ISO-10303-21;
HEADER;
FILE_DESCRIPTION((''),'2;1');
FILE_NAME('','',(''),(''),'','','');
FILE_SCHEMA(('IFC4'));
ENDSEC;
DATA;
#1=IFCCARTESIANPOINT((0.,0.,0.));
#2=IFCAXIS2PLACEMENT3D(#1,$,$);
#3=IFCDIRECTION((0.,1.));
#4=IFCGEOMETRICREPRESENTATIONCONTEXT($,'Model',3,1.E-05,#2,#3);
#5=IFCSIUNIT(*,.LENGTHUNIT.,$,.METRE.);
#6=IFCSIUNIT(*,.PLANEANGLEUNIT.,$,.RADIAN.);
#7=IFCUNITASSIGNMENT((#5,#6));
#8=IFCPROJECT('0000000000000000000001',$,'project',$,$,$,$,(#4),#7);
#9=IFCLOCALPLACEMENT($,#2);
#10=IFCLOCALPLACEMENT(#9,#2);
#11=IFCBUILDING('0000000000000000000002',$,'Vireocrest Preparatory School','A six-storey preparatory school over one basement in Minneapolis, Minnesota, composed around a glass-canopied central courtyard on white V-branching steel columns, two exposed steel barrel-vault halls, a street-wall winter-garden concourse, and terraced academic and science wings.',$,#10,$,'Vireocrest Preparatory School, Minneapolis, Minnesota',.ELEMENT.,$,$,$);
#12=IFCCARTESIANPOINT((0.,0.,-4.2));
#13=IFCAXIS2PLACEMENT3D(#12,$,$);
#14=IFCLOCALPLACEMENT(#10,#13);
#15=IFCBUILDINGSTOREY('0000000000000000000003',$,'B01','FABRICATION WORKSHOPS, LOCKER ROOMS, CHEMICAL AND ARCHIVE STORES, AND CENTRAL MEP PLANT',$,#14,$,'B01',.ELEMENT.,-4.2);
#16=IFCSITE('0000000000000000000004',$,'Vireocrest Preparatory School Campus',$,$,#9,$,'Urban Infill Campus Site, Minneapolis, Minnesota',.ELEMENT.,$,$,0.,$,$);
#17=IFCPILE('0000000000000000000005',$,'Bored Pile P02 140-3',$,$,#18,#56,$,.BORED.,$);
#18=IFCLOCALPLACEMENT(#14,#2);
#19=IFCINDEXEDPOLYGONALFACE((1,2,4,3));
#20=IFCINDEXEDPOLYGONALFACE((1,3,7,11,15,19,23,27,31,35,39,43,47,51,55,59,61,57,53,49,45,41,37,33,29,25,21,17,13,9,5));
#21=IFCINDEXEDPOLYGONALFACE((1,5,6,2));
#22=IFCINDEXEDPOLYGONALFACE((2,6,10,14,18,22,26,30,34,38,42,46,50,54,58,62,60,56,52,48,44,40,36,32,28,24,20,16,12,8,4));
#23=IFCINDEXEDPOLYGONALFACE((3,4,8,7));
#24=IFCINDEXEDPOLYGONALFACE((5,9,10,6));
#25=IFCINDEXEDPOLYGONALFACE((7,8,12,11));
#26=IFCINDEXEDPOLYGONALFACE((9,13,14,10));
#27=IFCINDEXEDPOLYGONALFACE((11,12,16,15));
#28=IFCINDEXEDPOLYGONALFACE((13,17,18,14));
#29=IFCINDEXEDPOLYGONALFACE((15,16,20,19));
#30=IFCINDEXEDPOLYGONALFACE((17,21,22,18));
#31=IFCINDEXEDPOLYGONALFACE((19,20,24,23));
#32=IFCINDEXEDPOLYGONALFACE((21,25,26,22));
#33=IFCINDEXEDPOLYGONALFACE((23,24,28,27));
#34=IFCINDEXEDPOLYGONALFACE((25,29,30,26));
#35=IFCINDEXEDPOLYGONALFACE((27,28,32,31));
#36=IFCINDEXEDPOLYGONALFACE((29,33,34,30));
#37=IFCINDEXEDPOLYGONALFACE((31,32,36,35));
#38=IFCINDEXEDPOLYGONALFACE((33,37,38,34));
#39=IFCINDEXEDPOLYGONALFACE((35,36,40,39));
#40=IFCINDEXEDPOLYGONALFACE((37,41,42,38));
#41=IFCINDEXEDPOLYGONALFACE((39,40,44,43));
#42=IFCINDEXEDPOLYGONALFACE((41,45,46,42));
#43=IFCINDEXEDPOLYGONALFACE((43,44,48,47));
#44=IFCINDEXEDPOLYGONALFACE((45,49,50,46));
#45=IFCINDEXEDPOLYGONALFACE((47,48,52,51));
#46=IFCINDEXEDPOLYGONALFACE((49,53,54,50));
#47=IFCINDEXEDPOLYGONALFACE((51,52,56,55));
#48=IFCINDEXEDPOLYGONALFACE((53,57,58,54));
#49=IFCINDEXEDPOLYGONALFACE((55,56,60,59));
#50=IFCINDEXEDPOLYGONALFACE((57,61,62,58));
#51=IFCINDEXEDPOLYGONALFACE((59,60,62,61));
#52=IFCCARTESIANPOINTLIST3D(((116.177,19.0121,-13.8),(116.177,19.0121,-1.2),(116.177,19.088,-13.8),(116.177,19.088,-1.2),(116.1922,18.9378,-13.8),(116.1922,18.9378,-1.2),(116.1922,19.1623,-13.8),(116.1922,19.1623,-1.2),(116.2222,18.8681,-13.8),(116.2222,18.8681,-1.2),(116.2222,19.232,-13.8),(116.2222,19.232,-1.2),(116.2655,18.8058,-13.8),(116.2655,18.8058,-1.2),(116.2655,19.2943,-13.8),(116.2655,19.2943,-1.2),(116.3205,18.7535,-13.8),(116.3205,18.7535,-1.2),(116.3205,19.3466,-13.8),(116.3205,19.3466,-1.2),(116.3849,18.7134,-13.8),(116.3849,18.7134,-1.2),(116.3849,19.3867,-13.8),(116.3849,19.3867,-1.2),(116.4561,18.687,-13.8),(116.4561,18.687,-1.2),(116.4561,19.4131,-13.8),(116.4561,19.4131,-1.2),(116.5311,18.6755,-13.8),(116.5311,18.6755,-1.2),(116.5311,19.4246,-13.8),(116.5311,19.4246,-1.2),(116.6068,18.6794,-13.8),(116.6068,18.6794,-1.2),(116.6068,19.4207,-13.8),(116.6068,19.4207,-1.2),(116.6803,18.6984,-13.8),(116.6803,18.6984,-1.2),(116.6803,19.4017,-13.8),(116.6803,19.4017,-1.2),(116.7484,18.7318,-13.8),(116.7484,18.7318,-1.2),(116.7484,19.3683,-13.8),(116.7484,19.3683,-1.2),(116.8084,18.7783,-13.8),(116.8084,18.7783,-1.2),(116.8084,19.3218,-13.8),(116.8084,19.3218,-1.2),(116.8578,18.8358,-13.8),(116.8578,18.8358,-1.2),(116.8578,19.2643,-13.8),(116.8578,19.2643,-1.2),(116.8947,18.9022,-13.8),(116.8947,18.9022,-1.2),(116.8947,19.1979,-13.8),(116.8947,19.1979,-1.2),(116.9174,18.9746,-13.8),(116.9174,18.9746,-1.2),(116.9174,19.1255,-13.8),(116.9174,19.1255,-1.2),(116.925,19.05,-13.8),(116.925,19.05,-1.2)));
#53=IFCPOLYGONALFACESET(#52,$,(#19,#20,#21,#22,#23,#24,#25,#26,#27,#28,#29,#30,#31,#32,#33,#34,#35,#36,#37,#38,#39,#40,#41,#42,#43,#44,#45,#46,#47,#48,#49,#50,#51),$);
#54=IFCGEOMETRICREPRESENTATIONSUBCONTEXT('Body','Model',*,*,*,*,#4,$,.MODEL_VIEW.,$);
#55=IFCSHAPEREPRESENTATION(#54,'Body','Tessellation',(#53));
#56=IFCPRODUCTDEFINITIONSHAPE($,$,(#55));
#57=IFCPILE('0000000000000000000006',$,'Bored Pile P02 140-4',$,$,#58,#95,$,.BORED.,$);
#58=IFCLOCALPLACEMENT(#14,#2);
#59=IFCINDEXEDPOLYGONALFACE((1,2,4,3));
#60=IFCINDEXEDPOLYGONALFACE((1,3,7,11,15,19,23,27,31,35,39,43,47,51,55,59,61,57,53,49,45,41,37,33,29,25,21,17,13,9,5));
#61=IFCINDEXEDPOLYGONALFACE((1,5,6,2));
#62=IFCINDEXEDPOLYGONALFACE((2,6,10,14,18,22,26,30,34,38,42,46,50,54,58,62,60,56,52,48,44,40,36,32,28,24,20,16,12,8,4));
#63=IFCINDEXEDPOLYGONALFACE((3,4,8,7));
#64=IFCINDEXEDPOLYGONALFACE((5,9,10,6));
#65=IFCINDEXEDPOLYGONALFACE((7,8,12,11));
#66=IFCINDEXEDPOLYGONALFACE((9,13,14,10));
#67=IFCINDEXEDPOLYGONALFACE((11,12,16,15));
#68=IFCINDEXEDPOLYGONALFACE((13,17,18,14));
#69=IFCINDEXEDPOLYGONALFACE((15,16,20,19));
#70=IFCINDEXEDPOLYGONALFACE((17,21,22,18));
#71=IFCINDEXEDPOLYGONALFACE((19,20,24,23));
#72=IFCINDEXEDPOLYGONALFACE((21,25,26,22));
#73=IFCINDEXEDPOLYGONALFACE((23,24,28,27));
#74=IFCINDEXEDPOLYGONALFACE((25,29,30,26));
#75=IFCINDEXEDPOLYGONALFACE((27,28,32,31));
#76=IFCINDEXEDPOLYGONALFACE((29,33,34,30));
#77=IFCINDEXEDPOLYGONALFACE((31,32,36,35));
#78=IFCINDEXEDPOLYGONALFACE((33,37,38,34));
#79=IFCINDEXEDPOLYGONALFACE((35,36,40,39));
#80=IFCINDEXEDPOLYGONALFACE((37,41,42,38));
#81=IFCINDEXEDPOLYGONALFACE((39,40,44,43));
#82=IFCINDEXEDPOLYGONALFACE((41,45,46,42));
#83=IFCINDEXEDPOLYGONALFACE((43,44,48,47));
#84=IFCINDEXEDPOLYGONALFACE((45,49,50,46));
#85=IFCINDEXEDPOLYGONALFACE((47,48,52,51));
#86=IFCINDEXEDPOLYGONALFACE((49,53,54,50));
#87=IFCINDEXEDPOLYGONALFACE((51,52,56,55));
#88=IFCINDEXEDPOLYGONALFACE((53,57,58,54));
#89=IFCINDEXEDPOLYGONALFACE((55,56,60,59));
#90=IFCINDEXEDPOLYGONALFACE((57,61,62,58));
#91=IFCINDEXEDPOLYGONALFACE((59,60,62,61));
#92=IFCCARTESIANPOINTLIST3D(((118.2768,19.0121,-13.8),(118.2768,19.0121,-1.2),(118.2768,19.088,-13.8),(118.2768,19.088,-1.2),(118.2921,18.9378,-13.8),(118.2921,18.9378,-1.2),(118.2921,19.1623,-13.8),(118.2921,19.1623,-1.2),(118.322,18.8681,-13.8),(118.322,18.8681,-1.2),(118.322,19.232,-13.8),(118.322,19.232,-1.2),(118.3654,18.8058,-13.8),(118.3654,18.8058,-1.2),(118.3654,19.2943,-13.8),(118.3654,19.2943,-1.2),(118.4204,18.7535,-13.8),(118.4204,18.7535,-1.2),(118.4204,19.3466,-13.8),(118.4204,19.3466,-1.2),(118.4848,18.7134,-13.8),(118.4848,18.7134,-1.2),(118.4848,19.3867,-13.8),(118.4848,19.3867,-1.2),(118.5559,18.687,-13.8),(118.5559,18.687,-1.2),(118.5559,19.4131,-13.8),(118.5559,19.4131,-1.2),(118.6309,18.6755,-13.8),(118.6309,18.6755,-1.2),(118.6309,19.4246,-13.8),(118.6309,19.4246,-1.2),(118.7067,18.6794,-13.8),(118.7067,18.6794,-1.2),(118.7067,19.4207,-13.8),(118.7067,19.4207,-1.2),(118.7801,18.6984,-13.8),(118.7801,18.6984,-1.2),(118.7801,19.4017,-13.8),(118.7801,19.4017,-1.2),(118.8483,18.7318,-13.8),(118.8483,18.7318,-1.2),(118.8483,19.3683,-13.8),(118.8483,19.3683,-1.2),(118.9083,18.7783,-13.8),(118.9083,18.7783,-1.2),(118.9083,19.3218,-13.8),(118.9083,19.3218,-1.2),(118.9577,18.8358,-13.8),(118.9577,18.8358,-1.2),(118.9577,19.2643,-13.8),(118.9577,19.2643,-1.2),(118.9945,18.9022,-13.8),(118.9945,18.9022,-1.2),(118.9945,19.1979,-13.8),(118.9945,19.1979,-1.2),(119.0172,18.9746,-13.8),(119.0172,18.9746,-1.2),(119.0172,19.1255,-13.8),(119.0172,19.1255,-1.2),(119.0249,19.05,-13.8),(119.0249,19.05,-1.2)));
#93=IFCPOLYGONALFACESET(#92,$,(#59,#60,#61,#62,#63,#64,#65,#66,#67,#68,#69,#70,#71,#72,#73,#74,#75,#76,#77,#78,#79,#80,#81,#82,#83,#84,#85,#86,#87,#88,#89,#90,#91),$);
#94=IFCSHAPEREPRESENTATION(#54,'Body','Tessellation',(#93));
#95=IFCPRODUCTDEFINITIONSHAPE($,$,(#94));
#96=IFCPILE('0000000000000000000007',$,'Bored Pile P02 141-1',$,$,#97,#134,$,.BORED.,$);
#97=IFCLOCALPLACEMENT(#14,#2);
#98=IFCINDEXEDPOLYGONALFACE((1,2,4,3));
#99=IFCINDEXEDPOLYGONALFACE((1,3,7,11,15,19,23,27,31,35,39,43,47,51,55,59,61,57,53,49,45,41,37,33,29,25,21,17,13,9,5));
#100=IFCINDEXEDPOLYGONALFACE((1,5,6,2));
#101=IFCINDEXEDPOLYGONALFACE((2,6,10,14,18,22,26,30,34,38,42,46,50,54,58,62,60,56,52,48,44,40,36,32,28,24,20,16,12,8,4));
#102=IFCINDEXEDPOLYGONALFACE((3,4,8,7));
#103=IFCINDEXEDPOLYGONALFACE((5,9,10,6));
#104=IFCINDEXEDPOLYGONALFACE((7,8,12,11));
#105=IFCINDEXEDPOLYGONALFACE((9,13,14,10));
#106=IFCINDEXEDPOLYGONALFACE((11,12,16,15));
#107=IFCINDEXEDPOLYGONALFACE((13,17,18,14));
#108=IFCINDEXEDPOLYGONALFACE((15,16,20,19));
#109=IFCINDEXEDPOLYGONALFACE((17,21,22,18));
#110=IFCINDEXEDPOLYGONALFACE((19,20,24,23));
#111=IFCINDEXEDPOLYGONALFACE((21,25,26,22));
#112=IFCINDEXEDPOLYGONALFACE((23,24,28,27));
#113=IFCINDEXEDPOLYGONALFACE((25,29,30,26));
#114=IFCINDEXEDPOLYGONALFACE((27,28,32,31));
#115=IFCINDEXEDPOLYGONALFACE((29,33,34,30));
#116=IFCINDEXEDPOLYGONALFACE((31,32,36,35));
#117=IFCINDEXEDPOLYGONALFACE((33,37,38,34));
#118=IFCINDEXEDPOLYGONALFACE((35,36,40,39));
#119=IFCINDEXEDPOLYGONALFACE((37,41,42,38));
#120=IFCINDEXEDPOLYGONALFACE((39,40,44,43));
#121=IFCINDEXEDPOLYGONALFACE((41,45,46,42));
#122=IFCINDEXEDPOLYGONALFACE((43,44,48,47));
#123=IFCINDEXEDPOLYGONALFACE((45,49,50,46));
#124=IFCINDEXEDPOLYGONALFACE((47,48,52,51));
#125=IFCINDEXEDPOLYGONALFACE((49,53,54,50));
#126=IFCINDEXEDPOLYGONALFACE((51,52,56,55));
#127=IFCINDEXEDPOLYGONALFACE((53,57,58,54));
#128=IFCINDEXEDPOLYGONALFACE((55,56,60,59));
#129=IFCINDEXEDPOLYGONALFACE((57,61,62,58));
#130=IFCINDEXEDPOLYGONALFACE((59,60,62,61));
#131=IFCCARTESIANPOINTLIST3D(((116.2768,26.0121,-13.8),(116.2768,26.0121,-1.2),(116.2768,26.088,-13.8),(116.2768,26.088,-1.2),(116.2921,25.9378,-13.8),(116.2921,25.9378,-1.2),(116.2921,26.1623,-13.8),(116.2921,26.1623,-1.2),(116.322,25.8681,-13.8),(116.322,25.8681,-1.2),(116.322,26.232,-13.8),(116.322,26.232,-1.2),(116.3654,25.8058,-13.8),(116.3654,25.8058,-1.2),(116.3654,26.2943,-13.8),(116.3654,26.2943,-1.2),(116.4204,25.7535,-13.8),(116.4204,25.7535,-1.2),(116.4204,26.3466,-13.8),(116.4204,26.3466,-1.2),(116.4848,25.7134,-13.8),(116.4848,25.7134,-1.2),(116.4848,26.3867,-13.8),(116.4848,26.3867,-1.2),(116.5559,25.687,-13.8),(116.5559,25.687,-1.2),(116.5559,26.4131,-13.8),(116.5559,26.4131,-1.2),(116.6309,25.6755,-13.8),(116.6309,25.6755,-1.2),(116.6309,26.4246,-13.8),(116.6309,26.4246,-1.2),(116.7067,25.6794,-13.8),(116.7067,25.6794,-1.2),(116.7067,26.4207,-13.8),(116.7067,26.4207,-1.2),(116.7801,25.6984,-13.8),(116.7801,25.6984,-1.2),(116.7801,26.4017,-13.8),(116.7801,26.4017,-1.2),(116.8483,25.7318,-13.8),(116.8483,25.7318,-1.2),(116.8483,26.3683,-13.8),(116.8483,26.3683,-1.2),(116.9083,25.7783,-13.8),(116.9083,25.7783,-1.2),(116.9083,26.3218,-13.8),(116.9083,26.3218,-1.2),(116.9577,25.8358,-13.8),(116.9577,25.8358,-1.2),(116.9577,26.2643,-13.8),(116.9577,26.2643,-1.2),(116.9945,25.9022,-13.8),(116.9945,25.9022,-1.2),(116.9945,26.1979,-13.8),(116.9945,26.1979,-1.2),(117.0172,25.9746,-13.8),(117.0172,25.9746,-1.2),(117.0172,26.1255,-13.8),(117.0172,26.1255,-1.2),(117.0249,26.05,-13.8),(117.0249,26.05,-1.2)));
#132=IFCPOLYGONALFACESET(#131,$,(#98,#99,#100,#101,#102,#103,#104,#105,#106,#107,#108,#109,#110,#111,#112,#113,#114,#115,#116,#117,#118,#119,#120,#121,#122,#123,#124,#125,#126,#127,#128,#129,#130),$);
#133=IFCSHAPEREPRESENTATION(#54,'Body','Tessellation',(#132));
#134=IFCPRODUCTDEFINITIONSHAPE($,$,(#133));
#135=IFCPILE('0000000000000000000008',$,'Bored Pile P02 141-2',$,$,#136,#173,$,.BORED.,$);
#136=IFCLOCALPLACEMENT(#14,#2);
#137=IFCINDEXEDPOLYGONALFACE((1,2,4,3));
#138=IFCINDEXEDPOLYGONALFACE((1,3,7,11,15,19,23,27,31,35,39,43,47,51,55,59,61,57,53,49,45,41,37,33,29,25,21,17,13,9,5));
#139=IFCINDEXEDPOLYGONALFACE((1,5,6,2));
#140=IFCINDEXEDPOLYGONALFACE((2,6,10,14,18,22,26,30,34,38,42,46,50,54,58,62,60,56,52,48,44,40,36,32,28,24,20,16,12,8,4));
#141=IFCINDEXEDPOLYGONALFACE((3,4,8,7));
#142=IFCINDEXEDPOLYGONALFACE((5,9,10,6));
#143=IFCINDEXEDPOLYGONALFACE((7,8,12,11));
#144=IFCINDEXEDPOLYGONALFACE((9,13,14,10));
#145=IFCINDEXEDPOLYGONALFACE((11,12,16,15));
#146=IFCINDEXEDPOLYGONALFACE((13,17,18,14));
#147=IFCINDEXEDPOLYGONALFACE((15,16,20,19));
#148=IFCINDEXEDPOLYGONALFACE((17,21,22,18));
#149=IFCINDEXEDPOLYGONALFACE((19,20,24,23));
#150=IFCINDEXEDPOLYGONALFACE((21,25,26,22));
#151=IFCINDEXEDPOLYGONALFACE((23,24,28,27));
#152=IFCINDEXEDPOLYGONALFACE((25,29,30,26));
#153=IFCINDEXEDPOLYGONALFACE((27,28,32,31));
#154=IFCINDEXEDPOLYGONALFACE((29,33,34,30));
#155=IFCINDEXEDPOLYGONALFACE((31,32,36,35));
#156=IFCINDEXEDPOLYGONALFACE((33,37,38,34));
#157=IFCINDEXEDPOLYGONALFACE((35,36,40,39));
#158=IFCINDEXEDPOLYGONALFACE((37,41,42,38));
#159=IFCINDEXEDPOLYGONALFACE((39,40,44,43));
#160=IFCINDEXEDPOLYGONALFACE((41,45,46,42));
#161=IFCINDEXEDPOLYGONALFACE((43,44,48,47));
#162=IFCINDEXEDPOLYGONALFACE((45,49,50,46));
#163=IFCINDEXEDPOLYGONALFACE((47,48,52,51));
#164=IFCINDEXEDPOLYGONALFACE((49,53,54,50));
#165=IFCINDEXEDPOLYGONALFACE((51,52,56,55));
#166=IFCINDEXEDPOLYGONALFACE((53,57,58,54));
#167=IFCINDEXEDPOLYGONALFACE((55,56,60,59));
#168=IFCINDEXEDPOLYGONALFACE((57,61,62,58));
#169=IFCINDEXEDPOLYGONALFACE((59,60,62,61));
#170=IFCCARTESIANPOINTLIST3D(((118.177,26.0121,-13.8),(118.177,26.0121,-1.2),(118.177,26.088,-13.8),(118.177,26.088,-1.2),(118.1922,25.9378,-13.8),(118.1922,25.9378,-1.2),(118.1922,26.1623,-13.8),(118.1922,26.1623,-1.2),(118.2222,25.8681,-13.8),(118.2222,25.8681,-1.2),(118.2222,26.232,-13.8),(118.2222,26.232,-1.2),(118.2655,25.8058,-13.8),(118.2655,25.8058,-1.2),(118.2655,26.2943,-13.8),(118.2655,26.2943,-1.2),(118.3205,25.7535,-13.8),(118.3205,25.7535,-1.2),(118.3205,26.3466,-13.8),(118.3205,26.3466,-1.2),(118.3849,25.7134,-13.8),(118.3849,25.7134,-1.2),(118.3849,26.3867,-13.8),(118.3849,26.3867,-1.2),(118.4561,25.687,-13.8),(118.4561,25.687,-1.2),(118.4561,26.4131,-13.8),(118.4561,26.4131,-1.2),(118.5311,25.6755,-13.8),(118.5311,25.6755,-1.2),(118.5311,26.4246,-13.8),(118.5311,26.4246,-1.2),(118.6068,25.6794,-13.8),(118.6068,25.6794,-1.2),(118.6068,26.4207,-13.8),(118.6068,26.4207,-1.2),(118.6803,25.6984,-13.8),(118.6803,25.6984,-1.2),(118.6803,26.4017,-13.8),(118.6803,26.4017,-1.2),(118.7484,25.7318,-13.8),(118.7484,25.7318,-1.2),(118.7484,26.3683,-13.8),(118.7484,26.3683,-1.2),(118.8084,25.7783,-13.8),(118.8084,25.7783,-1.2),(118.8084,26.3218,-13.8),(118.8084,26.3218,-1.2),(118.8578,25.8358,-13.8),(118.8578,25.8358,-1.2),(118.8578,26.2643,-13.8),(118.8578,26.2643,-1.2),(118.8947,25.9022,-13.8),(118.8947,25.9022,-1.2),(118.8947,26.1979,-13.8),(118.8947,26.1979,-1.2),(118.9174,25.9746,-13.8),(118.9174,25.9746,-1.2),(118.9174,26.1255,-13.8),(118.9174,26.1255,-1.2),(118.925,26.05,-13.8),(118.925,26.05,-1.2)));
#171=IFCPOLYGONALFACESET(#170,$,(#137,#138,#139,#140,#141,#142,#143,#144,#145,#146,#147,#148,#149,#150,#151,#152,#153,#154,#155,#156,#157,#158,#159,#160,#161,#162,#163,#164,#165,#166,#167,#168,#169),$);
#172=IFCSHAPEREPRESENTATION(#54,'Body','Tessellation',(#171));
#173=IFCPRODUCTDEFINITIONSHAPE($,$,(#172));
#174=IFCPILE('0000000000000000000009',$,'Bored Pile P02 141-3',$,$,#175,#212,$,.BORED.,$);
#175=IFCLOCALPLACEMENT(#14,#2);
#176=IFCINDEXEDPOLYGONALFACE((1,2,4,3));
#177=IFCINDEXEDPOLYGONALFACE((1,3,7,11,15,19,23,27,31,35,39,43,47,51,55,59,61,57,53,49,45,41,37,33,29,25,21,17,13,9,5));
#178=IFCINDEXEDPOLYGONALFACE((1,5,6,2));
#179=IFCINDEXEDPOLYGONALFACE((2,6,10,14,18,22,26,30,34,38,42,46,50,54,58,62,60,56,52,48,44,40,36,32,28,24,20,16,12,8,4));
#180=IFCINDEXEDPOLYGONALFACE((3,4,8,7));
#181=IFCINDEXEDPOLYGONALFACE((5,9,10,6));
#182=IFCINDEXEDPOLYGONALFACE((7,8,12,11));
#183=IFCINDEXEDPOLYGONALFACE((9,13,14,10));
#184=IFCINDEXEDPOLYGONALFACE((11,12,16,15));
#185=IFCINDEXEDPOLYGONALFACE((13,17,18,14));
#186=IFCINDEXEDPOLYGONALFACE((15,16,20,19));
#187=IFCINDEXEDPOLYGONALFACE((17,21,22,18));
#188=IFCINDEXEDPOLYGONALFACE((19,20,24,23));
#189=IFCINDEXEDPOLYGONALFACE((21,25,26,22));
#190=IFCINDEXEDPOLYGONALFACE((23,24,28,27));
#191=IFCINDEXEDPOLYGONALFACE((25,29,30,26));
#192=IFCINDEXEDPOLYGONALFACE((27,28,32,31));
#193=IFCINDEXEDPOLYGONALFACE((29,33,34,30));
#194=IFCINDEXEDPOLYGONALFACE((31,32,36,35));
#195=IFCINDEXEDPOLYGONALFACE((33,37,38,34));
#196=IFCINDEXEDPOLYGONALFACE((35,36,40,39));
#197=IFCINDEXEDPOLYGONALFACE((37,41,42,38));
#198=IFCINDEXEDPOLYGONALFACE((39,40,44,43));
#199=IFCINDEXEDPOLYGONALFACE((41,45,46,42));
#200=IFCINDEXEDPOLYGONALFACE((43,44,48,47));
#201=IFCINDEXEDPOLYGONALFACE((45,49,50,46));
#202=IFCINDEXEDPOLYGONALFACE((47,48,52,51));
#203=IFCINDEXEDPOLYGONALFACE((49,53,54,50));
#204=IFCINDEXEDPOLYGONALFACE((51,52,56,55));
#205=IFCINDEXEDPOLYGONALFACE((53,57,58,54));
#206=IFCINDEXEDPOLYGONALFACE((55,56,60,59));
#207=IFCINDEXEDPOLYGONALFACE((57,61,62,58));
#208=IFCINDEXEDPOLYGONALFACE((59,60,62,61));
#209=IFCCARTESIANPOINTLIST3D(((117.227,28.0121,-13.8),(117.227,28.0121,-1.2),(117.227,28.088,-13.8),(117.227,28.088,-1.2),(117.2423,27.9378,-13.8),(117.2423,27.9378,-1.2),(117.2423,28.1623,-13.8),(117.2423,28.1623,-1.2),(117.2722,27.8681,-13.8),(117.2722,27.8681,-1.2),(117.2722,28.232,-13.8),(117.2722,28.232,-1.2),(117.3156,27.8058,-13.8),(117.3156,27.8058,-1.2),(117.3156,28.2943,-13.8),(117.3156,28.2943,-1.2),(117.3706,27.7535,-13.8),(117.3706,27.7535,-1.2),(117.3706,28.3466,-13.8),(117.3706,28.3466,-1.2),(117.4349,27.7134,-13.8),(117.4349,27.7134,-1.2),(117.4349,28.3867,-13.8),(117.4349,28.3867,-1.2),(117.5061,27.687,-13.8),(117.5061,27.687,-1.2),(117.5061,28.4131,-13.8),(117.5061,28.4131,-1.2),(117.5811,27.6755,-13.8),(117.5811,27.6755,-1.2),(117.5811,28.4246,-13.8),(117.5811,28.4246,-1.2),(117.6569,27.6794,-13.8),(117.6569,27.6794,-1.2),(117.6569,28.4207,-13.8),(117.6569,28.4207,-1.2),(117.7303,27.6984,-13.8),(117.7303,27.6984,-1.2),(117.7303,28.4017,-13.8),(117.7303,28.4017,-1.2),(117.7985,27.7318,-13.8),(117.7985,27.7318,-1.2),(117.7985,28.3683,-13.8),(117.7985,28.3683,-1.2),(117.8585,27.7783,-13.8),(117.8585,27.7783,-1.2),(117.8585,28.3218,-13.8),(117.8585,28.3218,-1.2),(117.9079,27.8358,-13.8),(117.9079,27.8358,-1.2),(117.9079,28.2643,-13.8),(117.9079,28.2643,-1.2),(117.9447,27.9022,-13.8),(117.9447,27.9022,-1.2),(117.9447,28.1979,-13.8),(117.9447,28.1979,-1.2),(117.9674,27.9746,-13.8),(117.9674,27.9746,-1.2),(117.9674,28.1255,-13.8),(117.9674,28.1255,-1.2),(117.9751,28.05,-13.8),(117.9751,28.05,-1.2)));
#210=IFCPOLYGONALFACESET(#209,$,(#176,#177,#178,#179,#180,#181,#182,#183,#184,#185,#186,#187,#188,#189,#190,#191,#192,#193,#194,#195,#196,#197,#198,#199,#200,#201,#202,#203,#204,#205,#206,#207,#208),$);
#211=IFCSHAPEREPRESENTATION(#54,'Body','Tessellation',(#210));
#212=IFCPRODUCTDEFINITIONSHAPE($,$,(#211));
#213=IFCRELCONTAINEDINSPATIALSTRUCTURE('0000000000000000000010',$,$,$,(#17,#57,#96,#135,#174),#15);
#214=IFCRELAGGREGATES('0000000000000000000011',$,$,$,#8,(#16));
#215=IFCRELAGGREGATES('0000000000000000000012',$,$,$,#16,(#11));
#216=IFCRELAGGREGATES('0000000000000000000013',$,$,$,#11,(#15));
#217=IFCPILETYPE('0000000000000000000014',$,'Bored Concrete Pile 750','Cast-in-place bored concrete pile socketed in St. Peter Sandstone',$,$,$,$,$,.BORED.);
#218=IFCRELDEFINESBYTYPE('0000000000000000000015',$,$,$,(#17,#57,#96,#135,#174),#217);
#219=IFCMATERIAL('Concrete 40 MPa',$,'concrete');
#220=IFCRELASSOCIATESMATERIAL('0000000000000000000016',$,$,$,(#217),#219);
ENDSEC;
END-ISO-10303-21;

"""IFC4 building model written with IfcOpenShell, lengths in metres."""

from ifc_helpers import new_model, si_unit, direction, frame, origin, origin_2d, place, context, subcontext, project, spatial, circle, extrude, material, material_profile, profile_set, type_object, element, save


model = new_model("IFC4")

# Units and contexts
model_context = context("Model", 3, precision=1e-05, world=origin(), true_north=direction((0.0, 1.0)))
body_context = subcontext(model_context, "Body", "Model", "MODEL_VIEW")
ifc_project = project(units=[si_unit("LENGTHUNIT", "METRE"), si_unit("PLANEANGLEUNIT", "RADIAN")], contexts=[model_context])

# Site, building, storey
site_placement = place(None, origin())
site = spatial("IfcSite", under=ifc_project, at=site_placement, Name="Vireocrest Preparatory School Campus", LongName="Urban Infill Campus Site, Minneapolis, Minnesota", CompositionType="ELEMENT", RefElevation=0.0)
building_placement = place(site_placement, origin())
building = spatial("IfcBuilding", under=site, at=building_placement, Name="Vireocrest Preparatory School", Description="A six-storey preparatory school over one basement in Minneapolis, Minnesota, composed around a glass-canopied central courtyard on white V-branching steel columns, two exposed steel barrel-vault halls, a street-wall winter-garden concourse, and terraced academic and science wings.", LongName="Vireocrest Preparatory School, Minneapolis, Minnesota", CompositionType="ELEMENT")
storey_placement = place(building_placement, frame((0.0, 0.0, -4.2)))
storey = spatial("IfcBuildingStorey", under=building, at=storey_placement, Name="B01", Description="FABRICATION WORKSHOPS, LOCKER ROOMS, CHEMICAL AND ARCHIVE STORES, AND CENTRAL MEP PLANT", LongName="B01", CompositionType="ELEMENT", Elevation=-4.2)

# Piles
ifc_material_1 = material(Name="Concrete 40 MPa", Category="concrete")
ifc_material_profile_1 = material_profile(ifc_material_1, circle(Radius=0.375, at=origin_2d()), Name="BORED PILE 750")
ifc_profile_set_1 = profile_set([ifc_material_profile_1], Name="Concrete 40 MPa")
pile_type = type_object("IfcPileType", Name="Bored Concrete Pile 750", Description="Cast-in-place bored concrete pile socketed in St. Peter Sandstone", PredefinedType="BORED", material=ifc_profile_set_1)
for number, where, z_axis, x_axis, name in (
    (1, (116.55, 19.05, -1.2), (0.0, 0.0, -1.0), (1.0, 0.0, 0.0), "Bored Pile P02 140-3"),
    (2, (118.6499, 19.05, -1.2), (0.0, 0.0, -1.0), (1.0, 0.0, 0.0), "Bored Pile P02 140-4"),
    (3, (116.6499, 26.05, -1.2), (0.0, 0.0, -1.0), (1.0, 0.0, 0.0), "Bored Pile P02 141-1"),
    (4, (118.55, 26.05, -1.2), (0.0, 0.0, -1.0), (1.0, 0.0, 0.0), "Bored Pile P02 141-2"),
    (5, (117.6001, 28.05, -1.2), (0.0, 0.0, -1.0), (1.0, 0.0, 0.0), "Bored Pile P02 141-3"),
):
    element("IfcPile", number, at=place(storey_placement, frame(where, z_axis=z_axis, x_axis=x_axis)), inside=storey, type_object=pile_type, Name=name, PredefinedType="BORED", context=body_context, shape_type="SweptSolid", body=[
        extrude(circle(Radius=0.375, at=origin_2d()), origin(), (0.0, 0.0, 1.0), 12.6001),
    ])

save(model, "model.ifc")
